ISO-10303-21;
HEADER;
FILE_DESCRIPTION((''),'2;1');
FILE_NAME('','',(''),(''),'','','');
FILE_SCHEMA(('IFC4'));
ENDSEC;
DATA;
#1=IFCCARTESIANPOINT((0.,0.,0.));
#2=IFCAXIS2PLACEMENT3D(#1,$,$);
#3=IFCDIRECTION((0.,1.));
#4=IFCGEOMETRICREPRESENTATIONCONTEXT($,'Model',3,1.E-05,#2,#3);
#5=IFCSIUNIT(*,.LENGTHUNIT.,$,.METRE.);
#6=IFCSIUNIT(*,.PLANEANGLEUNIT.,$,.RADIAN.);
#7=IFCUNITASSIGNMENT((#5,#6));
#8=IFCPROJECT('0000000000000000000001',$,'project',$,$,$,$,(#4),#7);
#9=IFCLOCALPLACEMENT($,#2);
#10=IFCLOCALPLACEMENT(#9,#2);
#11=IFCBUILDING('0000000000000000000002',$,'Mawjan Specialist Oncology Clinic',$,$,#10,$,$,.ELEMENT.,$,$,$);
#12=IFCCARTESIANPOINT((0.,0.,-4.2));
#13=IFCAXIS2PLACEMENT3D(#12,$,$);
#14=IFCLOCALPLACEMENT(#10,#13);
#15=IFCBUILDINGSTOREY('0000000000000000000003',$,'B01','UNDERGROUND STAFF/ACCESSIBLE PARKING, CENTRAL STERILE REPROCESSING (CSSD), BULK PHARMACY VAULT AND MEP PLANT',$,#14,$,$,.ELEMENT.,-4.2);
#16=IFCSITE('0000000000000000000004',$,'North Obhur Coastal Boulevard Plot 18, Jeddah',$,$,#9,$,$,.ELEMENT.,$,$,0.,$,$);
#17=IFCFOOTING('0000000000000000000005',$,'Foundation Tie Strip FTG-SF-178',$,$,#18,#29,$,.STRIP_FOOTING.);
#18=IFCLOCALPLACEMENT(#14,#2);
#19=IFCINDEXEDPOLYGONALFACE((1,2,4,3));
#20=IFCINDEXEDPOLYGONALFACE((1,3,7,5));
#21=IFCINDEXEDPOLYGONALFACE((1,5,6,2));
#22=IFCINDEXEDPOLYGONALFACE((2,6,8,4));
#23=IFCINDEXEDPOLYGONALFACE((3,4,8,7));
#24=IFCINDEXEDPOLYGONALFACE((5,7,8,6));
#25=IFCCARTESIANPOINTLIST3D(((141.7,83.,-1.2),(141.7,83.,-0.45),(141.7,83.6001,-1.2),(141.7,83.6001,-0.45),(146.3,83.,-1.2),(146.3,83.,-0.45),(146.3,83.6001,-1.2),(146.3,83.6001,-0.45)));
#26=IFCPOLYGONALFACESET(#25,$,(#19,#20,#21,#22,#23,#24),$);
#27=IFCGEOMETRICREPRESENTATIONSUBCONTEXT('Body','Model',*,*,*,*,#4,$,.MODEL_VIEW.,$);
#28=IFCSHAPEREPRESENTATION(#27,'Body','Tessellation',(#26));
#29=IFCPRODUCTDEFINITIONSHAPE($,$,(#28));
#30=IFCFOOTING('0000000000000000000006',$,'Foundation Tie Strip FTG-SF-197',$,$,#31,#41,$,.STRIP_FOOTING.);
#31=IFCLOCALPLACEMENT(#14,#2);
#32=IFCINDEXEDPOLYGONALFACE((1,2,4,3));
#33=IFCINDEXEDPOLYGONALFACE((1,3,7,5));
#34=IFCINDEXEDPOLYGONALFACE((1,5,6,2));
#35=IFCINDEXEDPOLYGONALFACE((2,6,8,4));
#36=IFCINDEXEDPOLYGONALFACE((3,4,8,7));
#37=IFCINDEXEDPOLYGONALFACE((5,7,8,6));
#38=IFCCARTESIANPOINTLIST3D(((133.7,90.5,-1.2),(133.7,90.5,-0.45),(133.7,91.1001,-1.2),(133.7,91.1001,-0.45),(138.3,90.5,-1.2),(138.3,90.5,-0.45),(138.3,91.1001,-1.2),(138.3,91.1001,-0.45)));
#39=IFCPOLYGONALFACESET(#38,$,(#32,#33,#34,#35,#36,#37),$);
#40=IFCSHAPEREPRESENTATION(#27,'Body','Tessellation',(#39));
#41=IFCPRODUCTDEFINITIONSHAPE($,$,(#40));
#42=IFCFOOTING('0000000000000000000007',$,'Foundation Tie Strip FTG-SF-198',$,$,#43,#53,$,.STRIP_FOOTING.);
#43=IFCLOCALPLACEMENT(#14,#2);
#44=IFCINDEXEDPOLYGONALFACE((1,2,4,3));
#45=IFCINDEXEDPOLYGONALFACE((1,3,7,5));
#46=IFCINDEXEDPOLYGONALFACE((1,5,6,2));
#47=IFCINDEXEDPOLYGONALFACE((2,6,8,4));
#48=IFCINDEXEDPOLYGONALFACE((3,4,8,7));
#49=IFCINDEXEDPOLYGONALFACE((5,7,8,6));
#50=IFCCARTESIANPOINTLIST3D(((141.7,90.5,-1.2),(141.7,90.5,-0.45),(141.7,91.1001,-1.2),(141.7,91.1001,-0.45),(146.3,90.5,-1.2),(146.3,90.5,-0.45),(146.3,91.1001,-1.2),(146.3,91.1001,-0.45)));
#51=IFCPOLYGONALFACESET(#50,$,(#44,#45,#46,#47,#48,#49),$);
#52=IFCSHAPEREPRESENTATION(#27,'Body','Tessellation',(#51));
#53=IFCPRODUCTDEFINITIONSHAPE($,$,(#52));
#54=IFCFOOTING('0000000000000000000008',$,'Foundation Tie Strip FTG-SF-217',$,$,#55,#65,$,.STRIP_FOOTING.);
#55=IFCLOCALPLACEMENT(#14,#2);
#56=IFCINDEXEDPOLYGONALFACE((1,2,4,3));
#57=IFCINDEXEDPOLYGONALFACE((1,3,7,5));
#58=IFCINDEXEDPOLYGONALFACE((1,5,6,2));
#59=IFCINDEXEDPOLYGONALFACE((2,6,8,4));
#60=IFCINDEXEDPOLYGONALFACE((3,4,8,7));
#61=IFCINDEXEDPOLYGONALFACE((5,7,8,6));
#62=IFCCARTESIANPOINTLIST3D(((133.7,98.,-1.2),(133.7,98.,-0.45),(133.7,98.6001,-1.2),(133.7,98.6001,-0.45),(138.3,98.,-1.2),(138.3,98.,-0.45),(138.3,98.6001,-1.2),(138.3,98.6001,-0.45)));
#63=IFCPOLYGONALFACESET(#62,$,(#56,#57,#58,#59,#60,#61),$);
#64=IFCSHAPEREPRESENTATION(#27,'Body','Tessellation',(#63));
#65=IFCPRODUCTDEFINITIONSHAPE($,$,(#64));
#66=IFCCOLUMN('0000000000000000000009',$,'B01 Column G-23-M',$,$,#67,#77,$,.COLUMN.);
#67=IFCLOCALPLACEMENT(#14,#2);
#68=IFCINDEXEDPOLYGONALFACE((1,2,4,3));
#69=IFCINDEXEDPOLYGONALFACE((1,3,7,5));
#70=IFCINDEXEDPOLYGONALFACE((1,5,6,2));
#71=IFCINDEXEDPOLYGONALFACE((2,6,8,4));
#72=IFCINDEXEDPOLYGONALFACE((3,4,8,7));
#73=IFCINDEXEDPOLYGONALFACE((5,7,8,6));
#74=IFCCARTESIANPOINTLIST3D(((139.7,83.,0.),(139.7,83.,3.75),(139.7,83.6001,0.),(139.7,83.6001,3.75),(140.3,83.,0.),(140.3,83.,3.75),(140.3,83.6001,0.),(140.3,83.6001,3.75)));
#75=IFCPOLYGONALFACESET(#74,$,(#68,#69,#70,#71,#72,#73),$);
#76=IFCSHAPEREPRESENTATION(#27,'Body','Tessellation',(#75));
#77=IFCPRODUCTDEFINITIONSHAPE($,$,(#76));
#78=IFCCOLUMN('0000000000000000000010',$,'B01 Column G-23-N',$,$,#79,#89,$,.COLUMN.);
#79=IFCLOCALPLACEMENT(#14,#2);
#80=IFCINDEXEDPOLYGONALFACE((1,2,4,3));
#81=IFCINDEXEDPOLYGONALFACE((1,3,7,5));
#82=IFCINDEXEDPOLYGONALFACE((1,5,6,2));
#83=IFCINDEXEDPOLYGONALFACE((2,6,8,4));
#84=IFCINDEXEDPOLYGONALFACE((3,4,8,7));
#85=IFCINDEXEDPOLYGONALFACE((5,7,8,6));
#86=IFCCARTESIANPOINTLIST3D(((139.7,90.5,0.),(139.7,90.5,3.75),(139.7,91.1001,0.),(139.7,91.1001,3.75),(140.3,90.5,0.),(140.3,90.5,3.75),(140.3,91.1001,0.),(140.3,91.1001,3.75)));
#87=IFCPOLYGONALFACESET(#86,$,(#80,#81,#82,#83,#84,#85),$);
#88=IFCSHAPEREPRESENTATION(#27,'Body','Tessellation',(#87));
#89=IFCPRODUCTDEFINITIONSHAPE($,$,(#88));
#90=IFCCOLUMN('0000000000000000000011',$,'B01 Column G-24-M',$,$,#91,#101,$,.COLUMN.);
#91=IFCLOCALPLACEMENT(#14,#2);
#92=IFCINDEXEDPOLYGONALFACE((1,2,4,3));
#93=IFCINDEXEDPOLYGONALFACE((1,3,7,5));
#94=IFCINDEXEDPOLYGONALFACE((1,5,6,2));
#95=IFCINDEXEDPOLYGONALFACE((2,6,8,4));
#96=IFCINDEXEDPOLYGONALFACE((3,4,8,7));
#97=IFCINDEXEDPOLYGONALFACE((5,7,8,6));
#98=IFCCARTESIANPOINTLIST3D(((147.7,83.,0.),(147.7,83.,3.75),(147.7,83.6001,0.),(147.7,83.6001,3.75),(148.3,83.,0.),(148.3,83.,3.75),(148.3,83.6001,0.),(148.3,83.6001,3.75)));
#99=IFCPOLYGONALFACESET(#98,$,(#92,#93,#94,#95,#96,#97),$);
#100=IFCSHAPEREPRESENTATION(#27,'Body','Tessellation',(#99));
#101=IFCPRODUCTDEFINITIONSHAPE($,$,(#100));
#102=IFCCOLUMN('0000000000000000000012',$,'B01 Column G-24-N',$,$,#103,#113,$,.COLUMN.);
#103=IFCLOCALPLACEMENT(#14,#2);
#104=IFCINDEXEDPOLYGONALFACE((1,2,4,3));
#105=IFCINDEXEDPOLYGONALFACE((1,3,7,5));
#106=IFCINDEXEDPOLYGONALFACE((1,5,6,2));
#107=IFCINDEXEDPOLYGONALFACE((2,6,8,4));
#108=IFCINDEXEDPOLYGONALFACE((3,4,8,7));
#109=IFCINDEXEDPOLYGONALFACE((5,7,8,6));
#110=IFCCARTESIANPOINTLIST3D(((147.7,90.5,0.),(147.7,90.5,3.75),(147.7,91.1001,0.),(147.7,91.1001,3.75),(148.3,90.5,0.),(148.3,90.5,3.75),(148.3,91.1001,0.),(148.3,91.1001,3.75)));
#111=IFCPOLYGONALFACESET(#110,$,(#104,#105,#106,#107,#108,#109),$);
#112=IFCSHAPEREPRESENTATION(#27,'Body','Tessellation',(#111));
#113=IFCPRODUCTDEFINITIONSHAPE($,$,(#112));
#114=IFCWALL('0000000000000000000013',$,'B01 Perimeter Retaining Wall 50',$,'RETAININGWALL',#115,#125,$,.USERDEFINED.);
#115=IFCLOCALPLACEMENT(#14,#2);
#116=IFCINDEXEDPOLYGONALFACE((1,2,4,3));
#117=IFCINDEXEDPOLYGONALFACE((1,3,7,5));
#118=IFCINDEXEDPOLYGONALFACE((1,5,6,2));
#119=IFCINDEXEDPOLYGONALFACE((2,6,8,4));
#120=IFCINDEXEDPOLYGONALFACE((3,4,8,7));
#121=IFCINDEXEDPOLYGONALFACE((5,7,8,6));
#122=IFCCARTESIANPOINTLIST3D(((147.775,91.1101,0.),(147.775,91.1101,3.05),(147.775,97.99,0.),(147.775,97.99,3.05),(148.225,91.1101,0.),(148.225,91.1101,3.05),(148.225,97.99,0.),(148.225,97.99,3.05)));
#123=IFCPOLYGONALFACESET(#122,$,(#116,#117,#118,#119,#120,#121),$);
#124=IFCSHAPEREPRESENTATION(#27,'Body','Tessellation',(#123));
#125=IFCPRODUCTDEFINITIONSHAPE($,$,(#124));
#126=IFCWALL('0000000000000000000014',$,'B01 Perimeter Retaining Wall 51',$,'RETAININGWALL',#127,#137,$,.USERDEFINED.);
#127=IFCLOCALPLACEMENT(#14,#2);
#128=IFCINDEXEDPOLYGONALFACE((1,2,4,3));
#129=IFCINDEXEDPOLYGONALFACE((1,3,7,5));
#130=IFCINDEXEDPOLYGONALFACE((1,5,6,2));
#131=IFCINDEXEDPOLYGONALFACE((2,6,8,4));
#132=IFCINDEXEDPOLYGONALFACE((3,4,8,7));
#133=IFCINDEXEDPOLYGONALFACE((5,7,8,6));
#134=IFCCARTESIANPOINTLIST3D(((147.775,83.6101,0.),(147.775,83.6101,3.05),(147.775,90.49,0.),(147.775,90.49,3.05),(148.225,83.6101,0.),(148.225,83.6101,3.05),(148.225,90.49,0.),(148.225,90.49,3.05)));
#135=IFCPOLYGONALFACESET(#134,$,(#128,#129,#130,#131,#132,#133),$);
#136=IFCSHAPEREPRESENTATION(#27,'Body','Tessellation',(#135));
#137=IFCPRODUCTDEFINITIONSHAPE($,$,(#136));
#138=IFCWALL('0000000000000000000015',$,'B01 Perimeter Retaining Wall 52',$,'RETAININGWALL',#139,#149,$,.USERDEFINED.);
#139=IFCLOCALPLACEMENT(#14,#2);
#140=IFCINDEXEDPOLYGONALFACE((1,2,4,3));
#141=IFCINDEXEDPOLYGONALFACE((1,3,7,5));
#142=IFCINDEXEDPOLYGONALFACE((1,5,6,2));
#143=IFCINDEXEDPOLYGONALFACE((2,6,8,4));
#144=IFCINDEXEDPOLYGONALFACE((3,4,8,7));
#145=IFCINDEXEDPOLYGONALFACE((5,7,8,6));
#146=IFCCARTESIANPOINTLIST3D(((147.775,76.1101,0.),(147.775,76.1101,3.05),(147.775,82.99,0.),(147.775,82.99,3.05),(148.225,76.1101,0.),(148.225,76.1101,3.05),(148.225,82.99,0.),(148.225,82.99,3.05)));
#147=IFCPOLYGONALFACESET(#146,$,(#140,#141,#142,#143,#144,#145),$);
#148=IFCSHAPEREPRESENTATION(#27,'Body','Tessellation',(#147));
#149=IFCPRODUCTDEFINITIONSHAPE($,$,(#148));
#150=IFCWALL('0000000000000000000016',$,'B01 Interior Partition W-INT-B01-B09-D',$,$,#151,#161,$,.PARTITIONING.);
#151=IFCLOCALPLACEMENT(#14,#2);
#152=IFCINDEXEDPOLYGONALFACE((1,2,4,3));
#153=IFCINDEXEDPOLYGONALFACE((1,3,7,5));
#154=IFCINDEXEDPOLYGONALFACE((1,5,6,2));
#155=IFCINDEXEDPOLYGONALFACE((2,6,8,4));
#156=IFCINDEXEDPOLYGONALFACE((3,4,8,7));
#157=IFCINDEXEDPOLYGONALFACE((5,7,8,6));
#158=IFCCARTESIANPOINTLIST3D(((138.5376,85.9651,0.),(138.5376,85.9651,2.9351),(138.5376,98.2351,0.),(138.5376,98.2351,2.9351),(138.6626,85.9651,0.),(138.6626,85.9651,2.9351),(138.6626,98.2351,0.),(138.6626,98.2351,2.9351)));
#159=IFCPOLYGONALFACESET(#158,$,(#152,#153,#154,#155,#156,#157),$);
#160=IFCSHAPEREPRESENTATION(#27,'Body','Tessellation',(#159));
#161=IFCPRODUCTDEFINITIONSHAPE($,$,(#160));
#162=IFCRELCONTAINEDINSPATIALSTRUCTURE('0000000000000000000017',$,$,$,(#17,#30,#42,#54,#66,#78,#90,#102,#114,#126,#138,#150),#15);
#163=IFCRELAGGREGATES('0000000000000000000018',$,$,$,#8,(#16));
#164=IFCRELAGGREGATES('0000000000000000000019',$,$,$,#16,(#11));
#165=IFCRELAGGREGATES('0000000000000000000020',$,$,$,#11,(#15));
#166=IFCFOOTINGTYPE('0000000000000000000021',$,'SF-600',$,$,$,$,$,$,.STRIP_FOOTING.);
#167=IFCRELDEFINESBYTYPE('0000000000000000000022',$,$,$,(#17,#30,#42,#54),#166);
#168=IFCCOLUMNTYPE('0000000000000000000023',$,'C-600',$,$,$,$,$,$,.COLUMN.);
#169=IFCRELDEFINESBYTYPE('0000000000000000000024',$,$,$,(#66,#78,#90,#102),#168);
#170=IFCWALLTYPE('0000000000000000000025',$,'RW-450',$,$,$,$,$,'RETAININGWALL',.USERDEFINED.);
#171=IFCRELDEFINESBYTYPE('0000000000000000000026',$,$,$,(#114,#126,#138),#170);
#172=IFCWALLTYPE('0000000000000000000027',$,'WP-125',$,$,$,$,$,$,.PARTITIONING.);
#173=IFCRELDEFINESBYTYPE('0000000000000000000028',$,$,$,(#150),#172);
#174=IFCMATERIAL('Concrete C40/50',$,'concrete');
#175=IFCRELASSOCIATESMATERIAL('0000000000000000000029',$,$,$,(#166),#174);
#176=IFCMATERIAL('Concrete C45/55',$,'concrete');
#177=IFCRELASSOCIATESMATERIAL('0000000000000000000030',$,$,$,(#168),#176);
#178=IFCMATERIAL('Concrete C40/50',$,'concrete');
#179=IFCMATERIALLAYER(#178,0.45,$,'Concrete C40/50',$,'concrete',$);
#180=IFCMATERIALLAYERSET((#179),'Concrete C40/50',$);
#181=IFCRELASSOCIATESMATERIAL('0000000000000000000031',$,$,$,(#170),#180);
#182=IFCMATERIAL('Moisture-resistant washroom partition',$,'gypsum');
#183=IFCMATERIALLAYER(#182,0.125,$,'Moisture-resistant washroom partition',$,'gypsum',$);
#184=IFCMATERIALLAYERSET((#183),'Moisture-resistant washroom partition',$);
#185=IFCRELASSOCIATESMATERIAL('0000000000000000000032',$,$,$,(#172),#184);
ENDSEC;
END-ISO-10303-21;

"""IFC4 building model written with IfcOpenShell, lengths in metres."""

from ifc_helpers import new_model, si_unit, direction, frame, frame_2d, origin, origin_2d, place, context, subcontext, project, spatial, rectangle, extrude, material, layer, layer_set, material_profile, profile_set, type_object, element, save


model = new_model("IFC4")

# Units and contexts
model_context = context("Model", 3, precision=1e-05, world=origin(), true_north=direction((0.0, 1.0)))
body_context = subcontext(model_context, "Body", "Model", "MODEL_VIEW")
ifc_project = project(units=[si_unit("LENGTHUNIT", "METRE"), si_unit("PLANEANGLEUNIT", "RADIAN")], contexts=[model_context])

# Site, building, storey
site_placement = place(None, origin())
site = spatial("IfcSite", under=ifc_project, at=site_placement, Name="North Obhur Coastal Boulevard Plot 18, Jeddah", CompositionType="ELEMENT", RefElevation=0.0)
building_placement = place(site_placement, origin())
building = spatial("IfcBuilding", under=site, at=building_placement, Name="Mawjan Specialist Oncology Clinic", CompositionType="ELEMENT")
storey_placement = place(building_placement, frame((0.0, 0.0, -4.2)))
storey = spatial("IfcBuildingStorey", under=building, at=storey_placement, Name="B01", Description="UNDERGROUND STAFF/ACCESSIBLE PARKING, CENTRAL STERILE REPROCESSING (CSSD), BULK PHARMACY VAULT AND MEP PLANT", CompositionType="ELEMENT", Elevation=-4.2)

# Footings
ifc_material_1 = material(Name="Concrete C40/50", Category="concrete")
footing_type_1 = type_object("IfcFootingType", Name="SF-600", PredefinedType="STRIP_FOOTING", material=ifc_material_1)
for number, where, z_axis, x_axis, name in (
    (1, (144.0, 83.3, -1.2), (0.0, 0.0, 1.0), (1.0, 0.0, 0.0), "Foundation Tie Strip FTG-SF-178"),
    (2, (136.0, 90.8, -1.2), (0.0, 0.0, 1.0), (1.0, 0.0, 0.0), "Foundation Tie Strip FTG-SF-197"),
    (3, (144.0, 90.8, -1.2), (0.0, 0.0, 1.0), (1.0, 0.0, 0.0), "Foundation Tie Strip FTG-SF-198"),
    (4, (136.0, 98.3, -1.2), (0.0, 0.0, 1.0), (1.0, 0.0, 0.0), "Foundation Tie Strip FTG-SF-217"),
):
    element("IfcFooting", number, at=place(storey_placement, frame(where, z_axis=z_axis, x_axis=x_axis)), inside=storey, type_object=footing_type_1, Name=name, PredefinedType="STRIP_FOOTING", context=body_context, shape_type="SweptSolid", body=[
        extrude(rectangle(XDim=4.6001, YDim=0.6001, at=origin_2d()), origin(), (0.0, 0.0, 1.0), 0.75),
    ])

# Columns
ifc_material_2 = material(Name="Concrete C45/55", Category="concrete")
ifc_material_profile_1 = material_profile(ifc_material_2, rectangle(XDim=0.6001, YDim=0.6001, at=origin_2d()), Name="RC COL 600x600", Category="concrete")
ifc_profile_set_1 = profile_set([ifc_material_profile_1], Name="Concrete C45/55")
column_type = type_object("IfcColumnType", Name="C-600", PredefinedType="COLUMN", material=ifc_profile_set_1)
for number, where, z_axis, x_axis, name in (
    (5, (140.0, 83.3, 0.0), (0.0, 0.0, 1.0), (1.0, 0.0, 0.0), "B01 Column G-23-M"),
    (6, (140.0, 90.8, 0.0), (0.0, 0.0, 1.0), (1.0, 0.0, 0.0), "B01 Column G-23-N"),
    (7, (148.0, 83.3, 0.0), (0.0, 0.0, 1.0), (1.0, 0.0, 0.0), "B01 Column G-24-M"),
    (8, (148.0, 90.8, 0.0), (0.0, 0.0, 1.0), (1.0, 0.0, 0.0), "B01 Column G-24-N"),
):
    element("IfcColumn", number, at=place(storey_placement, frame(where, z_axis=z_axis, x_axis=x_axis)), inside=storey, type_object=column_type, Name=name, PredefinedType="COLUMN", context=body_context, shape_type="SweptSolid", body=[
        extrude(rectangle(XDim=0.6001, YDim=0.6001, at=origin_2d()), origin(), (0.0, 0.0, 1.0), 3.75),
    ])

# Walls
ifc_material_3 = material(Name="Concrete C40/50", Category="concrete")
ifc_layer_1 = layer(ifc_material_3, 0.45, Name="Concrete C40/50", Category="concrete")
ifc_layer_set_1 = layer_set([ifc_layer_1], Name="Concrete C40/50")
wall_type_1 = type_object("IfcWallType", Name="RW-450", ElementType="RETAININGWALL", PredefinedType="USERDEFINED", material=ifc_layer_set_1)
for number, where, z_axis, x_axis, name in (
    (9, (148.0, 97.99, 0.0), (0.0, 0.0, 1.0), (0.0, -1.0, 0.0), "B01 Perimeter Retaining Wall 50"),
    (10, (148.0, 90.49, 0.0), (0.0, 0.0, 1.0), (0.0, -1.0, 0.0), "B01 Perimeter Retaining Wall 51"),
    (11, (148.0, 82.99, 0.0), (0.0, 0.0, 1.0), (0.0, -1.0, 0.0), "B01 Perimeter Retaining Wall 52"),
):
    element("IfcWall", number, at=place(storey_placement, frame(where, z_axis=z_axis, x_axis=x_axis)), inside=storey, type_object=wall_type_1, Name=name, ObjectType="RETAININGWALL", PredefinedType="USERDEFINED", context=body_context, shape_type="SweptSolid", body=[
        extrude(rectangle(XDim=6.8799, YDim=0.45, at=frame_2d((3.4399, 0.0))), origin(), (0.0, 0.0, 1.0), 3.05),
    ])
ifc_material_4 = material(Name="Moisture-resistant washroom partition", Category="gypsum")
ifc_layer_2 = layer(ifc_material_4, 0.125, Name="Moisture-resistant washroom partition", Category="gypsum")
ifc_layer_set_2 = layer_set([ifc_layer_2], Name="Moisture-resistant washroom partition")
wall_type_2 = type_object("IfcWallType", Name="WP-125", PredefinedType="PARTITIONING", material=ifc_layer_set_2)
wall_placement = place(storey_placement, frame((138.6001, 85.9651, 0.0), z_axis=(0.0, 0.0, 1.0), x_axis=(0.0, 1.0, 0.0)))
element("IfcWall", 12, at=wall_placement, inside=storey, type_object=wall_type_2, Name="B01 Interior Partition W-INT-B01-B09-D", PredefinedType="PARTITIONING", context=body_context, shape_type="SweptSolid", body=[
    extrude(rectangle(XDim=12.27, YDim=0.125, at=frame_2d((6.135, 0.0))), origin(), (0.0, 0.0, 1.0), 2.9351),
])

save(model, "model.ifc")
